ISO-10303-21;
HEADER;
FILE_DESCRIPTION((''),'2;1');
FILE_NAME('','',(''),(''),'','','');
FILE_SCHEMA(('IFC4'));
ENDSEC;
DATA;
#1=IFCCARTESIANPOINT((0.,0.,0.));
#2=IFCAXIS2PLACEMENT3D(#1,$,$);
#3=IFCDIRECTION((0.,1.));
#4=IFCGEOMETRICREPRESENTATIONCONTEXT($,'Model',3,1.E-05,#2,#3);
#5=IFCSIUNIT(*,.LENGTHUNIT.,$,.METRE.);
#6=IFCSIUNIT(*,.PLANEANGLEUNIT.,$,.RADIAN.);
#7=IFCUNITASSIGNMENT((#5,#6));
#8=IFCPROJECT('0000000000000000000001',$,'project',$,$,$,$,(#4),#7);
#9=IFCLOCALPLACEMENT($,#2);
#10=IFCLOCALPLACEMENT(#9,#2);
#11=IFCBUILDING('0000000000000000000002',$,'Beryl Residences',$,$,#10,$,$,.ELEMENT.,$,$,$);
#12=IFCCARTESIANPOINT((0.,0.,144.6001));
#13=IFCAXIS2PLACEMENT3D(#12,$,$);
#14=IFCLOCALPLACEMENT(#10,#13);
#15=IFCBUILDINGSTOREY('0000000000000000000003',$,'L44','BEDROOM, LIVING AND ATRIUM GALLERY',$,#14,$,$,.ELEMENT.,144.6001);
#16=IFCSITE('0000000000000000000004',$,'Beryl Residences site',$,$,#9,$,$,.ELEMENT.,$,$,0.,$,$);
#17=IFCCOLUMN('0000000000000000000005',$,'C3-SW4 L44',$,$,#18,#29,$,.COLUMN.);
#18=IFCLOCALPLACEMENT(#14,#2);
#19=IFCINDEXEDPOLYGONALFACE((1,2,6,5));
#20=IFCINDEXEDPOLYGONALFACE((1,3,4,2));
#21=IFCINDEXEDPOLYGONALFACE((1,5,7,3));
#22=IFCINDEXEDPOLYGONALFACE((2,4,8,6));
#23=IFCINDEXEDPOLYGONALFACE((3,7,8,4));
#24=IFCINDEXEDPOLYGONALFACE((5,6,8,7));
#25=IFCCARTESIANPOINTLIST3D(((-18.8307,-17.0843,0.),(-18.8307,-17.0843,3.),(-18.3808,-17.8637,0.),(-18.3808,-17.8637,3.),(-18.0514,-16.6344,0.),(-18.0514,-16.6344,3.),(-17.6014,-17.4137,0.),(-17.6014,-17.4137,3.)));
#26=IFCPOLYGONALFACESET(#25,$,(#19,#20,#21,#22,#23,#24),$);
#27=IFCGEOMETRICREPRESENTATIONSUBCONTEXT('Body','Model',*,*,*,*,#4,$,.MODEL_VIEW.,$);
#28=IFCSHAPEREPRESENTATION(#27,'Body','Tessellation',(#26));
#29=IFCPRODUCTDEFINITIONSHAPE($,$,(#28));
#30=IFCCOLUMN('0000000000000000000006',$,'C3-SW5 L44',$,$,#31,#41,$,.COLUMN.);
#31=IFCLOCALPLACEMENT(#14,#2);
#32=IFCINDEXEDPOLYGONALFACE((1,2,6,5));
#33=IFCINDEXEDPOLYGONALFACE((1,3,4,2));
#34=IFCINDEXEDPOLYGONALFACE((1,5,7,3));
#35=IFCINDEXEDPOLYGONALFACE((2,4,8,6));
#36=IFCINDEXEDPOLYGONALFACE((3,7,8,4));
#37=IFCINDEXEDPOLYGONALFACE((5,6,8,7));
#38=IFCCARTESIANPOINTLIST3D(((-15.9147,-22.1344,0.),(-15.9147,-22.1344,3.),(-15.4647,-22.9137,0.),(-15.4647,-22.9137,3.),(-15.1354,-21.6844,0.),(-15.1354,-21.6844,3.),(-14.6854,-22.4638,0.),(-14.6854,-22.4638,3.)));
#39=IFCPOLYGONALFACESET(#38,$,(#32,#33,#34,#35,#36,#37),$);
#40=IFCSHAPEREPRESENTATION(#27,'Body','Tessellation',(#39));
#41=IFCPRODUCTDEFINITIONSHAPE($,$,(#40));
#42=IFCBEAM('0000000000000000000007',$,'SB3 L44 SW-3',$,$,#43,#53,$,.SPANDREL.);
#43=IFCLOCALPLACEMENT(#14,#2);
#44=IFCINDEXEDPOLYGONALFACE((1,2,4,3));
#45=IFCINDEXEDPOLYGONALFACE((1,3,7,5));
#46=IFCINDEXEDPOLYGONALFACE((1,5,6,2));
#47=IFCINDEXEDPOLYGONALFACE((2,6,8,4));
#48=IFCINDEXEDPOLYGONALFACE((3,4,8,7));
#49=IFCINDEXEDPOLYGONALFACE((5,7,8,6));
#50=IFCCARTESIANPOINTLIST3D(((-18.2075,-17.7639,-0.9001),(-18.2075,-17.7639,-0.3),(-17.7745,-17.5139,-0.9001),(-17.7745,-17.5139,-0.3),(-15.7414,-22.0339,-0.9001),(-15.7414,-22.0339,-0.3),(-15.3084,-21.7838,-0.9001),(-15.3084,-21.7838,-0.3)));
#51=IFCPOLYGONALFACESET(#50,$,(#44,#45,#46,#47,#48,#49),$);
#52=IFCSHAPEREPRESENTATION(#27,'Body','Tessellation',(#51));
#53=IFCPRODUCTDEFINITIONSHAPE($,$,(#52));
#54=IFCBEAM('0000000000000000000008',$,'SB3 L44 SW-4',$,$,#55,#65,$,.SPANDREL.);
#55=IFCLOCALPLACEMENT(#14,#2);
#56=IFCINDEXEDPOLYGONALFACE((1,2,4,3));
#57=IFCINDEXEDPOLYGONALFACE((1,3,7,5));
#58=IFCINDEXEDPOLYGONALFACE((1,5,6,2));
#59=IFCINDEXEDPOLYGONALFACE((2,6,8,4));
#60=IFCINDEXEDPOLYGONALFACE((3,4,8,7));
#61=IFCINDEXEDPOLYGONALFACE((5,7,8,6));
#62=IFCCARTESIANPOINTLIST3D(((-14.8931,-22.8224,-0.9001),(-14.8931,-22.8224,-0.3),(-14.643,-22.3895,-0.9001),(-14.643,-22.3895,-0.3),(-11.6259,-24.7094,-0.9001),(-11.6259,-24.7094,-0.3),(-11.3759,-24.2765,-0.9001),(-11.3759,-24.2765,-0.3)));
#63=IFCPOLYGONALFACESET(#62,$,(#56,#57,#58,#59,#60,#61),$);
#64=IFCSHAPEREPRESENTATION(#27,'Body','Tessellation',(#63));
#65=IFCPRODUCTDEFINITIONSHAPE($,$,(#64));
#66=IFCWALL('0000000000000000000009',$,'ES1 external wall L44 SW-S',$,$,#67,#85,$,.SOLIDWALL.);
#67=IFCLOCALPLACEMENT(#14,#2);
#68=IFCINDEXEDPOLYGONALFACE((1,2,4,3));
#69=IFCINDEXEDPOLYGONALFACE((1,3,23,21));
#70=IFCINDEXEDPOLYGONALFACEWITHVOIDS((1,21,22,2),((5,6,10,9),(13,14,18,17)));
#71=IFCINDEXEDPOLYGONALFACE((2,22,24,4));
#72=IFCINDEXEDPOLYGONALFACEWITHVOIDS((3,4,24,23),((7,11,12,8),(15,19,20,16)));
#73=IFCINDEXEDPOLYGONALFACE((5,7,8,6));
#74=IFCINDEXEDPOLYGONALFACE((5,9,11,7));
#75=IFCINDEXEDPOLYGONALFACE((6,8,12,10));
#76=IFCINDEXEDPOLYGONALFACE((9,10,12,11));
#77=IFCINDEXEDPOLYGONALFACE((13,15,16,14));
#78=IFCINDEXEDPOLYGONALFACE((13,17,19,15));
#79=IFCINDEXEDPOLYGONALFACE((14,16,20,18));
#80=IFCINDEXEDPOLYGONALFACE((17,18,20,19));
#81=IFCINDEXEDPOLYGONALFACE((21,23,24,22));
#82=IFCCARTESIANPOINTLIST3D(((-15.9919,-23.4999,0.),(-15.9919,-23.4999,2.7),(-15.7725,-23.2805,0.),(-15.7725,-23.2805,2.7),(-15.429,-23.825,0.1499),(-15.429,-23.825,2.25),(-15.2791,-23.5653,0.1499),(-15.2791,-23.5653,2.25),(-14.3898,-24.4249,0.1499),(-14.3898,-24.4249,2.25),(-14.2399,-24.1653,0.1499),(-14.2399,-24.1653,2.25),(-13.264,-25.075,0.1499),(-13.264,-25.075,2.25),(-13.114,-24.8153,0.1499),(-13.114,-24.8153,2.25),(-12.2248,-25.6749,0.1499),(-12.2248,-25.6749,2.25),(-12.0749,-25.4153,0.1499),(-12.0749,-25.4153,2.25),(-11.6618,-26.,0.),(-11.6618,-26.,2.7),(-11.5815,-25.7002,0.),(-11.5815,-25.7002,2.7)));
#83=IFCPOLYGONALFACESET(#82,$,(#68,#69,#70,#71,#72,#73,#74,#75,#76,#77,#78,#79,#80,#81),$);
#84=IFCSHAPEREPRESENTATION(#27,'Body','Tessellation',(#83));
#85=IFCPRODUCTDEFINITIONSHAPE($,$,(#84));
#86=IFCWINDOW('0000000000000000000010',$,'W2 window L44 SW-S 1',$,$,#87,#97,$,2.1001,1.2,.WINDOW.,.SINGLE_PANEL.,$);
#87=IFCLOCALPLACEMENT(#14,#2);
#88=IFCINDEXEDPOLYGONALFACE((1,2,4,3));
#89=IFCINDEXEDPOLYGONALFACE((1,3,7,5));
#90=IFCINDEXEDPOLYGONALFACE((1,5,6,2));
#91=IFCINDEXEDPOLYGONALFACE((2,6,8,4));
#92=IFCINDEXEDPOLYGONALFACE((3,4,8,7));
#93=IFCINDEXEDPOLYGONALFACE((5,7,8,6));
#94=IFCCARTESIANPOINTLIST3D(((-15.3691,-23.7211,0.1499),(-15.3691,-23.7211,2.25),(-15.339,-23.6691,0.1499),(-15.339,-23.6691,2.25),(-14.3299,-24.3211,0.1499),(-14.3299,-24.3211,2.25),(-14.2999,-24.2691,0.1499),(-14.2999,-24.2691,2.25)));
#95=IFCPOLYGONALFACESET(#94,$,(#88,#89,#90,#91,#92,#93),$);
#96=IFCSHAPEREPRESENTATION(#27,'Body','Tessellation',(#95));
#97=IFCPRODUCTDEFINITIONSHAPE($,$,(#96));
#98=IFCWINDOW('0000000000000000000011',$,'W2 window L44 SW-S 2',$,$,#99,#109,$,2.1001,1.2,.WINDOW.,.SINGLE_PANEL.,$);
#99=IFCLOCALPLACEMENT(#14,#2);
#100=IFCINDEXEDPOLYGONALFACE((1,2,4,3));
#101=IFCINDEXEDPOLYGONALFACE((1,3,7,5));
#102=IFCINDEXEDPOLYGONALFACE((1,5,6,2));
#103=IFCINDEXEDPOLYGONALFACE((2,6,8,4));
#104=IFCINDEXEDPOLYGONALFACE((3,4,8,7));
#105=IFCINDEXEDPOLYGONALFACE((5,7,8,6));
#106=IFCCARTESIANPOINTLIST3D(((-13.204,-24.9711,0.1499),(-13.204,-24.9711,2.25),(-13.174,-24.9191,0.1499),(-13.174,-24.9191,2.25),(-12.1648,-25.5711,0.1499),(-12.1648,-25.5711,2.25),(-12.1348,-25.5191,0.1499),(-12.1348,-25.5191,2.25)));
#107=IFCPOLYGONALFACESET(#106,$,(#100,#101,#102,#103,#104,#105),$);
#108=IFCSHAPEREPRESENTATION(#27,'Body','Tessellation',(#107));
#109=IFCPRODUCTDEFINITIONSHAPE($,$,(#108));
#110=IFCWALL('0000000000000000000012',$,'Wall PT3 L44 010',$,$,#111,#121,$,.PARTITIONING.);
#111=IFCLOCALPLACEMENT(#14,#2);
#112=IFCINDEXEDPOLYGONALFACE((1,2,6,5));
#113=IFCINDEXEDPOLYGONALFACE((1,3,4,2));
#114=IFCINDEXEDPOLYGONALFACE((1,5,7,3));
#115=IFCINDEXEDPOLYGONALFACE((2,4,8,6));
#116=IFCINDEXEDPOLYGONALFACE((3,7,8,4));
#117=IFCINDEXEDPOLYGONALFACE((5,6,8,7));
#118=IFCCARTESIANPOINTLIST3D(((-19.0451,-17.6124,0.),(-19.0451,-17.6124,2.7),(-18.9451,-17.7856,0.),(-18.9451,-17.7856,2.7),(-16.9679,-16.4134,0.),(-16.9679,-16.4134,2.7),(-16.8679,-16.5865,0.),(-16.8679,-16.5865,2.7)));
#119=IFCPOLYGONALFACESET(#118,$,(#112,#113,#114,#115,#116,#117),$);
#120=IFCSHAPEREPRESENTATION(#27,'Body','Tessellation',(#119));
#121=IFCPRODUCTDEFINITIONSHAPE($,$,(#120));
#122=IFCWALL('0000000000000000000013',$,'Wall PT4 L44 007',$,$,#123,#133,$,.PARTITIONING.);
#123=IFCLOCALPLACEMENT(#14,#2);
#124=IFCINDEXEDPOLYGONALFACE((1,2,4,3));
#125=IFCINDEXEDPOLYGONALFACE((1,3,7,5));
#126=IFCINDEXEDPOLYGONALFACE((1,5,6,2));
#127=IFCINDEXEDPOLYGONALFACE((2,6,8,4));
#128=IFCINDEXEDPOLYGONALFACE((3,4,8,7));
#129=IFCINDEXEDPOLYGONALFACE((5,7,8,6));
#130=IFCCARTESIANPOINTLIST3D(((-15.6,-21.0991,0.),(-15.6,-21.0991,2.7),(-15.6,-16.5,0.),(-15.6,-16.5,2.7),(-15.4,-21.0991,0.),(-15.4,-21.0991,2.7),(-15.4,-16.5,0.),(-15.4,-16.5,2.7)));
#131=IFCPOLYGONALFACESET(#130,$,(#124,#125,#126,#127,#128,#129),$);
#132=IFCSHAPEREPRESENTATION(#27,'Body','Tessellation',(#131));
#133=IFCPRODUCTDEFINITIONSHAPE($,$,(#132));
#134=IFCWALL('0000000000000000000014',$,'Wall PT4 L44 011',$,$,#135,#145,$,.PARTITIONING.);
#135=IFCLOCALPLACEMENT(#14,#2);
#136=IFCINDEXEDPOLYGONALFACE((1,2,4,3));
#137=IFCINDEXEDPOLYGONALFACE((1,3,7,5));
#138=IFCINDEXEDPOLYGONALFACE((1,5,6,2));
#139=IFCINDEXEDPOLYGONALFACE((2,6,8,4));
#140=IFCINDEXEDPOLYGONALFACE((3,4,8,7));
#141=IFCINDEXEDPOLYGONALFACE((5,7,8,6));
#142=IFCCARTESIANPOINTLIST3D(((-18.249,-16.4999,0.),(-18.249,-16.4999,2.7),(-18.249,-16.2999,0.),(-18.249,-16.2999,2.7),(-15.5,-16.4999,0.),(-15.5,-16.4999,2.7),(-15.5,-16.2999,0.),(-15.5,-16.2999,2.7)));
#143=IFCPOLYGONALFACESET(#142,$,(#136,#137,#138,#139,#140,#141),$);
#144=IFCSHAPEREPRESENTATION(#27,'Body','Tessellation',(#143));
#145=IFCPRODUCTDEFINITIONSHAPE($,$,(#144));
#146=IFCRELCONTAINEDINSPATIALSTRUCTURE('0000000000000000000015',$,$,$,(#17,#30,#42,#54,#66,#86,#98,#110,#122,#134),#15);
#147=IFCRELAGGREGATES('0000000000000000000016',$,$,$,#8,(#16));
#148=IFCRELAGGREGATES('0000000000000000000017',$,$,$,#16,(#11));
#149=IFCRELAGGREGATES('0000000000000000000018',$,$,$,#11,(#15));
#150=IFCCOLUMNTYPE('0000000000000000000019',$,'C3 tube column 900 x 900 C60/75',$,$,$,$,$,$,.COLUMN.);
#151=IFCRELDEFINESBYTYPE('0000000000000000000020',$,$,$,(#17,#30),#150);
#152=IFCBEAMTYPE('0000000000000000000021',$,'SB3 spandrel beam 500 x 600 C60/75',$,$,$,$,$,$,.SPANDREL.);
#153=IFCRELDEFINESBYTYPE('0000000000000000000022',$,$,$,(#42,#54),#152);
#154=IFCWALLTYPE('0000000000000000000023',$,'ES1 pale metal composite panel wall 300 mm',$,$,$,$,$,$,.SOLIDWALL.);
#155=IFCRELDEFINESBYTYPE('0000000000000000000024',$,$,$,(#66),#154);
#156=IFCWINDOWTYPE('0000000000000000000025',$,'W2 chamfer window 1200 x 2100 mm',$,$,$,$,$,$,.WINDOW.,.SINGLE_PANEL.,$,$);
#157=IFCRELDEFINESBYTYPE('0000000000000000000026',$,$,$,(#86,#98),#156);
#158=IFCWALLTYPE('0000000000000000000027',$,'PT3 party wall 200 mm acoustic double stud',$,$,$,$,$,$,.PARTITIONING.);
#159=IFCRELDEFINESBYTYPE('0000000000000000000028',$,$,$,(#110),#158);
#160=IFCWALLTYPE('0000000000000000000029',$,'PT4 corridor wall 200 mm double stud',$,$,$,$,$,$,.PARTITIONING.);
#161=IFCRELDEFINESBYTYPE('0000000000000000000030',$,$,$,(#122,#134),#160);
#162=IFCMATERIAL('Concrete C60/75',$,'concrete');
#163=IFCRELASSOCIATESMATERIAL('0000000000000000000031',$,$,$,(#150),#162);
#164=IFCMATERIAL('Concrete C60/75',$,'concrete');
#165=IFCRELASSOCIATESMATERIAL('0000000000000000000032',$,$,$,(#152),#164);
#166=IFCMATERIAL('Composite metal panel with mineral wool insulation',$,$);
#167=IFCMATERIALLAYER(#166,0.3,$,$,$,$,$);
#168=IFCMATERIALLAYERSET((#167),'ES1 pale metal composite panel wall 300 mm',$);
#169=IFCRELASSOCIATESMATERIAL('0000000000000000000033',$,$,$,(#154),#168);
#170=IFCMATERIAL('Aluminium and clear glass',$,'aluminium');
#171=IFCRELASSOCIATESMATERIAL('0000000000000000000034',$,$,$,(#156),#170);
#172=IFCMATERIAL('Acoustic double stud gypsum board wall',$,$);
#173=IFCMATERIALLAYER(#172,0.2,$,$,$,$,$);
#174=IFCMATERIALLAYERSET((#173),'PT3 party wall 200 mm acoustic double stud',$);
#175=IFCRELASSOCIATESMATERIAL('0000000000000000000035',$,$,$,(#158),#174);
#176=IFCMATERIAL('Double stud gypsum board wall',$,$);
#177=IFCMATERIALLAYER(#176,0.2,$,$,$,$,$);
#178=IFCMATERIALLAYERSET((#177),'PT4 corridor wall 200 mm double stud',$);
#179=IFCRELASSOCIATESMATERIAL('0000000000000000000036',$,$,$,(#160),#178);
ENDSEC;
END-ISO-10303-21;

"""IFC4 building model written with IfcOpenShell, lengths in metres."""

from ifc_helpers import new_model, si_unit, direction, frame, frame_2d, origin, origin_2d, place, context, subcontext, project, spatial, polyline, rectangle, outline, extrude, material, layer, layer_set, material_profile, profile_set, type_object, element, fill, save


model = new_model("IFC4")

# Units and contexts
model_context = context("Model", 3, precision=1e-05, world=origin(), true_north=direction((0.0, 1.0)))
body_context = subcontext(model_context, "Body", "Model", "MODEL_VIEW")
ifc_project = project(units=[si_unit("LENGTHUNIT", "METRE"), si_unit("PLANEANGLEUNIT", "RADIAN")], contexts=[model_context])

# Site, building, storey
site_placement = place(None, origin())
site = spatial("IfcSite", under=ifc_project, at=site_placement, Name="Beryl Residences site", CompositionType="ELEMENT", RefElevation=0.0)
building_placement = place(site_placement, origin())
building = spatial("IfcBuilding", under=site, at=building_placement, Name="Beryl Residences", CompositionType="ELEMENT")
storey_placement = place(building_placement, frame((0.0, 0.0, 144.6001)))
storey = spatial("IfcBuildingStorey", under=building, at=storey_placement, Name="L44", Description="BEDROOM, LIVING AND ATRIUM GALLERY", CompositionType="ELEMENT", Elevation=144.6001)

# Columns
ifc_material_1 = material(Name="Concrete C60/75", Category="concrete")
ifc_material_profile_1 = material_profile(ifc_material_1, rectangle(XDim=0.8999, YDim=0.8999, at=origin_2d()))
ifc_profile_set_1 = profile_set([ifc_material_profile_1], Name="Concrete C60/75")
column_type = type_object("IfcColumnType", Name="C3 tube column 900 x 900 C60/75", PredefinedType="COLUMN", material=ifc_profile_set_1)
for number, where, z_axis, x_axis, name in (
    (1, (-18.2161, -17.249, 0.0), (0.0, 0.0, 1.0), (0.5, -0.866025, 0.0), "C3-SW4 L44"),
    (2, (-15.3, -22.2991, 0.0), (0.0, 0.0, 1.0), (0.5, -0.866025, 0.0), "C3-SW5 L44"),
):
    element("IfcColumn", number, at=place(storey_placement, frame(where, z_axis=z_axis, x_axis=x_axis)), inside=storey, type_object=column_type, Name=name, PredefinedType="COLUMN", context=body_context, shape_type="SweptSolid", body=[
        extrude(rectangle(XDim=0.8999, YDim=0.8999, at=origin_2d()), origin(), (0.0, 0.0, 1.0), 3.0),
    ])

# Beams
ifc_material_2 = material(Name="Concrete C60/75", Category="concrete")
ifc_material_profile_2 = material_profile(ifc_material_2, rectangle(XDim=0.5, YDim=0.6001, at=origin_2d()))
ifc_profile_set_2 = profile_set([ifc_material_profile_2], Name="Concrete C60/75")
beam_type = type_object("IfcBeamType", Name="SB3 spandrel beam 500 x 600 C60/75", PredefinedType="SPANDREL", material=ifc_profile_set_2)
beam_1_placement = place(storey_placement, frame((-17.991, -17.6389, -0.6001), z_axis=(0.500117, -0.865958, 0.0), x_axis=(0.865958, 0.500117, 0.0)))
element("IfcBeam", 3, at=beam_1_placement, inside=storey, type_object=beam_type, Name="SB3 L44 SW-3", PredefinedType="SPANDREL", context=body_context, shape_type="SweptSolid", body=[
    extrude(rectangle(XDim=0.5, YDim=0.6001, at=origin_2d()), origin(), (0.0, 0.0, 1.0), 4.9309),
])
beam_2_placement = place(storey_placement, frame((-14.7681, -22.606, -0.6001), z_axis=(0.865944, -0.500141, 0.0), x_axis=(0.500141, 0.865944, 0.0)))
element("IfcBeam", 4, at=beam_2_placement, inside=storey, type_object=beam_type, Name="SB3 L44 SW-4", PredefinedType="SPANDREL", context=body_context, shape_type="SweptSolid", body=[
    extrude(rectangle(XDim=0.5, YDim=0.6001, at=origin_2d()), origin(), (0.0, 0.0, 1.0), 3.7729),
])

# Wall, openings, windows
ifc_material_3 = material(Name="Composite metal panel with mineral wool insulation")
ifc_layer_1 = layer(ifc_material_3, 0.3)
ifc_layer_set_1 = layer_set([ifc_layer_1], Name="ES1 pale metal composite panel wall 300 mm")
wall_type_1 = type_object("IfcWallType", Name="ES1 pale metal composite panel wall 300 mm", PredefinedType="SOLIDWALL", material=ifc_layer_set_1)
wall_1_placement = place(storey_placement, frame((-15.917, -23.3701, 0.0), z_axis=(0.0, 0.0, 1.0), x_axis=(0.866023, -0.500004, 0.0)))
wall_1 = element("IfcWall", 5, at=wall_1_placement, inside=storey, type_object=wall_type_1, Name="ES1 external wall L44 SW-S", PredefinedType="SOLIDWALL", context=body_context, shape_type="SweptSolid", body=[
    extrude(outline(polyline([(0.0, -0.1499), (5.0, -0.1499), (4.9197, 0.1499), (0.0803, 0.1499), (0.0, -0.1499)])), origin(), (0.0, 0.0, 1.0), 2.7),
])
opening_1_placement = place(wall_1_placement, frame((0.6499, 0.0, 0.1499)))
opening_1 = element("IfcOpeningElement", 6, at=opening_1_placement, cuts=wall_1, PredefinedType="OPENING", context=body_context, shape_type="SweptSolid", body=[
    extrude(rectangle(XDim=1.2, YDim=2.1001, at=frame_2d((0.6001, 1.05))), frame((0.0, 0.1599, 0.0), z_axis=(0.0, -1.0, 0.0), x_axis=(1.0, 0.0, 0.0)), (0.0, 0.0, 1.0), 0.3201),
])
opening_2_placement = place(wall_1_placement, frame((3.1499, 0.0, 0.1499)))
opening_2 = element("IfcOpeningElement", 7, at=opening_2_placement, cuts=wall_1, PredefinedType="OPENING", context=body_context, shape_type="SweptSolid", body=[
    extrude(rectangle(XDim=1.2, YDim=2.1001, at=frame_2d((0.6001, 1.05))), frame((0.0, 0.1599, 0.0), z_axis=(0.0, -1.0, 0.0), x_axis=(1.0, 0.0, 0.0)), (0.0, 0.0, 1.0), 0.3201),
])
ifc_material_4 = material(Name="Aluminium and clear glass", Category="aluminium")
window_type = type_object("IfcWindowType", Name="W2 chamfer window 1200 x 2100 mm", PartitioningType="SINGLE_PANEL", PredefinedType="WINDOW", material=ifc_material_4)
window_1_placement = place(opening_1_placement, origin())
window_1 = element("IfcWindow", 8, at=window_1_placement, inside=storey, type_object=window_type, Name="W2 window L44 SW-S 1", OverallHeight=2.1001, OverallWidth=1.2, PartitioningType="SINGLE_PANEL", PredefinedType="WINDOW", context=body_context, shape_type="SweptSolid", body=[
    extrude(rectangle(XDim=1.2, YDim=2.1001, at=frame_2d((0.6001, 1.05))), frame((0.0, 0.03, 0.0), z_axis=(0.0, -1.0, 0.0), x_axis=(1.0, 0.0, 0.0)), (0.0, 0.0, 1.0), 0.0601),
])
fill(opening_1, window_1)
window_2_placement = place(opening_2_placement, origin())
window_2 = element("IfcWindow", 9, at=window_2_placement, inside=storey, type_object=window_type, Name="W2 window L44 SW-S 2", OverallHeight=2.1001, OverallWidth=1.2, PartitioningType="SINGLE_PANEL", PredefinedType="WINDOW", context=body_context, shape_type="SweptSolid", body=[
    extrude(rectangle(XDim=1.2, YDim=2.1001, at=frame_2d((0.6001, 1.05))), frame((0.0, 0.03, 0.0), z_axis=(0.0, -1.0, 0.0), x_axis=(1.0, 0.0, 0.0)), (0.0, 0.0, 1.0), 0.0601),
])
fill(opening_2, window_2)

# Walls
ifc_material_5 = material(Name="Acoustic double stud gypsum board wall")
ifc_layer_2 = layer(ifc_material_5, 0.2)
ifc_layer_set_2 = layer_set([ifc_layer_2], Name="PT3 party wall 200 mm acoustic double stud")
wall_type_2 = type_object("IfcWallType", Name="PT3 party wall 200 mm acoustic double stud", PredefinedType="PARTITIONING", material=ifc_layer_set_2)
wall_2_placement = place(storey_placement, frame((-18.9951, -17.699, 0.0), z_axis=(0.0, 0.0, 1.0), x_axis=(0.866074, 0.499916, 0.0)))
element("IfcWall", 10, at=wall_2_placement, inside=storey, type_object=wall_type_2, Name="Wall PT3 L44 010", PredefinedType="PARTITIONING", context=body_context, shape_type="SweptSolid", body=[
    extrude(rectangle(XDim=2.3984, YDim=0.2, at=frame_2d((1.1992, 0.0))), origin(), (0.0, 0.0, 1.0), 2.7),
])
ifc_material_6 = material(Name="Double stud gypsum board wall")
ifc_layer_3 = layer(ifc_material_6, 0.2)
ifc_layer_set_3 = layer_set([ifc_layer_3], Name="PT4 corridor wall 200 mm double stud")
wall_type_3 = type_object("IfcWallType", Name="PT4 corridor wall 200 mm double stud", PredefinedType="PARTITIONING", material=ifc_layer_set_3)
wall_3_placement = place(storey_placement, frame((-15.5, -16.5, 0.0), z_axis=(0.0, 0.0, 1.0), x_axis=(0.0, -1.0, 0.0)))
element("IfcWall", 11, at=wall_3_placement, inside=storey, type_object=wall_type_3, Name="Wall PT4 L44 007", PredefinedType="PARTITIONING", context=body_context, shape_type="SweptSolid", body=[
    extrude(rectangle(XDim=4.5991, YDim=0.2, at=frame_2d((2.2996, 0.0))), origin(), (0.0, 0.0, 1.0), 2.7),
])
wall_4_placement = place(storey_placement, frame((-18.249, -16.3999, 0.0), z_axis=(0.0, 0.0, 1.0), x_axis=(1.0, 0.0, 0.0)))
element("IfcWall", 12, at=wall_4_placement, inside=storey, type_object=wall_type_3, Name="Wall PT4 L44 011", PredefinedType="PARTITIONING", context=body_context, shape_type="SweptSolid", body=[
    extrude(rectangle(XDim=2.749, YDim=0.2, at=frame_2d((1.3745, 0.0))), origin(), (0.0, 0.0, 1.0), 2.7),
])

save(model, "model.ifc")
